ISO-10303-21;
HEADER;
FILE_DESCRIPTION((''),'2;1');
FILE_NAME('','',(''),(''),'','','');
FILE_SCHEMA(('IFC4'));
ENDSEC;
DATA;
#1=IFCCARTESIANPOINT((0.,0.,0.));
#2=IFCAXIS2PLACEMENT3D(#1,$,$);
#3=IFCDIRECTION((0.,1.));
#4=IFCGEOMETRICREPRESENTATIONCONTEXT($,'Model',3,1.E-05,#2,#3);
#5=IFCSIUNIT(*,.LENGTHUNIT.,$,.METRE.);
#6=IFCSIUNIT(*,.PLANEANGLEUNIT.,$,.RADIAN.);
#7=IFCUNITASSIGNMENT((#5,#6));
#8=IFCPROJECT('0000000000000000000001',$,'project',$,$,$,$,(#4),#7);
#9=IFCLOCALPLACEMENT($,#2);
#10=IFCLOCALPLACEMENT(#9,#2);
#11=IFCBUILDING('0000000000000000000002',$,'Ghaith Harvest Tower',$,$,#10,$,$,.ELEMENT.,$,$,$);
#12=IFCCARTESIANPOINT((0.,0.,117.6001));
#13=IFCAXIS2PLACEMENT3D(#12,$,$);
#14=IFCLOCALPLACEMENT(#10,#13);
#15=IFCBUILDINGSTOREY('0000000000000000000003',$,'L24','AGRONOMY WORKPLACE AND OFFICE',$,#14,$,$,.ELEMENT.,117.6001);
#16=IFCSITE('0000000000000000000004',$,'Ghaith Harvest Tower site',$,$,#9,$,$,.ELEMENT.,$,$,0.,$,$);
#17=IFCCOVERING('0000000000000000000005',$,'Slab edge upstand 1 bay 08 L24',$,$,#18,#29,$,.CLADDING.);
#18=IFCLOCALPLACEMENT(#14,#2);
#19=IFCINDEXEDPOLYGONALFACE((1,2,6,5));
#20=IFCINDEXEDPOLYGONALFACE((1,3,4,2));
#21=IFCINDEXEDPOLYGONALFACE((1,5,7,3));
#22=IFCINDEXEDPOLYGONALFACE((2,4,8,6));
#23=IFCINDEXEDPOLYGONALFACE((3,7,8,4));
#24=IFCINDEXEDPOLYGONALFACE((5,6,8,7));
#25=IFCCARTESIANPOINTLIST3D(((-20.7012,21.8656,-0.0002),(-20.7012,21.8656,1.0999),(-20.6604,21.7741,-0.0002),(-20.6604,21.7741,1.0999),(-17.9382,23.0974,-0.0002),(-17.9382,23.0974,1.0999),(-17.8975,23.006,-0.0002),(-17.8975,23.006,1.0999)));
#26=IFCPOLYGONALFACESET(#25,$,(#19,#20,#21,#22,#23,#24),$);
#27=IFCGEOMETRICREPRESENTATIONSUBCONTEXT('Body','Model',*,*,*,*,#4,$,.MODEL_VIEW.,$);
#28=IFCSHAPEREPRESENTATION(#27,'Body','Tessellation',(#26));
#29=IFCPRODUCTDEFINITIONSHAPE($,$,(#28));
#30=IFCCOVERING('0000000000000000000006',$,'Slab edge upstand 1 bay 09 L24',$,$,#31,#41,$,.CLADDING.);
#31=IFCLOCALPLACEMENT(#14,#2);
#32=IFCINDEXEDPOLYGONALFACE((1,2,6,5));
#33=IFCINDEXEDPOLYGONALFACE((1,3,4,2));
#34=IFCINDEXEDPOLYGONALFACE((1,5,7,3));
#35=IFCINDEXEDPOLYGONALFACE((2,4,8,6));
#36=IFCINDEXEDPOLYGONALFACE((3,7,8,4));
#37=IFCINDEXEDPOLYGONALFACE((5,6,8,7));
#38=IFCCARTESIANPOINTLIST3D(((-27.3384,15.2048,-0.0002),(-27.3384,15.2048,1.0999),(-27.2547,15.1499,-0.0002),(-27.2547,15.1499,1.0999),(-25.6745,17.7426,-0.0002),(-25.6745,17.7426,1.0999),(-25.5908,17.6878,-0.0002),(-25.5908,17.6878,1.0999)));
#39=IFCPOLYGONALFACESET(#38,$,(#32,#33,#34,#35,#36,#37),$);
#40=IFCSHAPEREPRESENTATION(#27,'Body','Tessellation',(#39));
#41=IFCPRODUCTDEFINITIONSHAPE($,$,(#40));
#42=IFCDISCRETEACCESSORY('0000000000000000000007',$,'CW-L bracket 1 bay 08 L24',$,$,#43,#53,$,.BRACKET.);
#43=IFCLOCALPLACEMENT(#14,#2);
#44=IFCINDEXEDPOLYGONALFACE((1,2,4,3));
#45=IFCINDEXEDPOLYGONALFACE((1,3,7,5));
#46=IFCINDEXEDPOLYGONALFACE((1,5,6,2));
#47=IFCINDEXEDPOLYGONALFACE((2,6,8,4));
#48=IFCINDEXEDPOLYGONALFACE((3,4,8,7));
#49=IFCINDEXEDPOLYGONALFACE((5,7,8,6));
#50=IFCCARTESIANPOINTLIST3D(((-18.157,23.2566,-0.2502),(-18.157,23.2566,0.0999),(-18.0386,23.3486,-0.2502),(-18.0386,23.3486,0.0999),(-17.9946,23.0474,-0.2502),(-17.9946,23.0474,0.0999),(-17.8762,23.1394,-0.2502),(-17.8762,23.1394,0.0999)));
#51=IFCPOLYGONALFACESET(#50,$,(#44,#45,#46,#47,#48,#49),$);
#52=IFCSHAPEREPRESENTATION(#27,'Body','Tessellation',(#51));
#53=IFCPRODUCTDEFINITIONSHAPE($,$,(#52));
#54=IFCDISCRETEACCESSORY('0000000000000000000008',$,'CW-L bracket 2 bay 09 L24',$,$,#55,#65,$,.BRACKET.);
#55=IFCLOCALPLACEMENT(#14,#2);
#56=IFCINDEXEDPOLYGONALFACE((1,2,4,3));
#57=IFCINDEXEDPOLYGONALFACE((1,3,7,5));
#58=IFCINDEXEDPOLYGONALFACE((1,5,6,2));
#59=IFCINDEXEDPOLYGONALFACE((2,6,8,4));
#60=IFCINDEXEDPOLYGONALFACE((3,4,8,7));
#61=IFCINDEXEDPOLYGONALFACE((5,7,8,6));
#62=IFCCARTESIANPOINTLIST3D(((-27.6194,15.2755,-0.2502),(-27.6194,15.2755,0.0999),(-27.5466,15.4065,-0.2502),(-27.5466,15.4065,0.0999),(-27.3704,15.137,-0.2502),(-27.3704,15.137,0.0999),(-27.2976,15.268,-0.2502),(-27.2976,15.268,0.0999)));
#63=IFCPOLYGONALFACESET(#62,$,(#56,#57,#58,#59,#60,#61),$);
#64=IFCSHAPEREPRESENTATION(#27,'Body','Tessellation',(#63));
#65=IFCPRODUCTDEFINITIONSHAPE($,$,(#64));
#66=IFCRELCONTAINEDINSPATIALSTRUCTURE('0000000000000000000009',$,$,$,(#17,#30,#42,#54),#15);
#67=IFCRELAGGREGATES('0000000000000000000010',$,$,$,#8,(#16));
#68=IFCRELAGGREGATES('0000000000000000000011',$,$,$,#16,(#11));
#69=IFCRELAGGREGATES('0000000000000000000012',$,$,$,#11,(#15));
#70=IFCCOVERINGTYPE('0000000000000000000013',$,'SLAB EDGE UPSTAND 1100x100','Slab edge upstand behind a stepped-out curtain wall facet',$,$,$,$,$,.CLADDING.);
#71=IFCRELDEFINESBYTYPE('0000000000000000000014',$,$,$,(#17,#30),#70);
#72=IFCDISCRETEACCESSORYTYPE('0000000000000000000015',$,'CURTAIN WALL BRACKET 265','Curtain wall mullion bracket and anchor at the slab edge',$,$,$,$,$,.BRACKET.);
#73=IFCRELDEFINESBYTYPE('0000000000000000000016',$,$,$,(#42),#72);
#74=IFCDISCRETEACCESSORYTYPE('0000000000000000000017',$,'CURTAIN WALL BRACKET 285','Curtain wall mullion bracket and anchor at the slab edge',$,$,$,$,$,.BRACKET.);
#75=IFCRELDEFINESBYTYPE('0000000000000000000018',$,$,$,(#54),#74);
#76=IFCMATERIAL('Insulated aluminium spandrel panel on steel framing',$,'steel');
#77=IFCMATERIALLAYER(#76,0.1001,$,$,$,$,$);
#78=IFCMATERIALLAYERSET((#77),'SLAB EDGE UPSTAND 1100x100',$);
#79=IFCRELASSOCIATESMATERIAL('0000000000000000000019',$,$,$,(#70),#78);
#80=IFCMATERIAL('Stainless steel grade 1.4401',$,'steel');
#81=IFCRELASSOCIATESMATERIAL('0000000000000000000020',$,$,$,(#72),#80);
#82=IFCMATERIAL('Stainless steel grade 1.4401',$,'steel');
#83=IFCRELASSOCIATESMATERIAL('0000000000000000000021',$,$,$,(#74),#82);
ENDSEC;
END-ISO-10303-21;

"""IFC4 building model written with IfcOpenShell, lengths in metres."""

from ifc_helpers import new_model, si_unit, direction, frame, origin, origin_2d, place, context, subcontext, project, spatial, rectangle, extrude, material, layer, layer_set, type_object, element, save


model = new_model("IFC4")

# Units and contexts
model_context = context("Model", 3, precision=1e-05, world=origin(), true_north=direction((0.0, 1.0)))
body_context = subcontext(model_context, "Body", "Model", "MODEL_VIEW")
ifc_project = project(units=[si_unit("LENGTHUNIT", "METRE"), si_unit("PLANEANGLEUNIT", "RADIAN")], contexts=[model_context])

# Site, building, storey
site_placement = place(None, origin())
site = spatial("IfcSite", under=ifc_project, at=site_placement, Name="Ghaith Harvest Tower site", CompositionType="ELEMENT", RefElevation=0.0)
building_placement = place(site_placement, origin())
building = spatial("IfcBuilding", under=site, at=building_placement, Name="Ghaith Harvest Tower", CompositionType="ELEMENT")
storey_placement = place(building_placement, frame((0.0, 0.0, 117.6001)))
storey = spatial("IfcBuildingStorey", under=building, at=storey_placement, Name="L24", Description="AGRONOMY WORKPLACE AND OFFICE", CompositionType="ELEMENT", Elevation=117.6001)

# Coverings
ifc_material_1 = material(Name="Insulated aluminium spandrel panel on steel framing", Category="steel")
ifc_layer_1 = layer(ifc_material_1, 0.1001)
ifc_layer_set_1 = layer_set([ifc_layer_1], Name="SLAB EDGE UPSTAND 1100x100")
covering_type = type_object("IfcCoveringType", Name="SLAB EDGE UPSTAND 1100x100", Description="Slab edge upstand behind a stepped-out curtain wall facet", PredefinedType="CLADDING", material=ifc_layer_set_1)
covering_1_placement = place(storey_placement, frame((-19.2993, 22.4358, -0.0002), z_axis=(0.0, 0.0, 1.0), x_axis=(-0.913335, -0.40721, 0.0)))
element("IfcCovering", 1, at=covering_1_placement, inside=storey, type_object=covering_type, Name="Slab edge upstand 1 bay 08 L24", PredefinedType="CLADDING", context=body_context, shape_type="SweptSolid", body=[
    extrude(rectangle(XDim=3.0251, YDim=0.1001, at=origin_2d()), origin(), (0.0, 0.0, 1.0), 1.1001),
])
covering_2_placement = place(storey_placement, frame((-26.4646, 16.4463, -0.0002), z_axis=(0.0, 0.0, 1.0), x_axis=(-0.548312, -0.836274, 0.0)))
element("IfcCovering", 2, at=covering_2_placement, inside=storey, type_object=covering_type, Name="Slab edge upstand 1 bay 09 L24", PredefinedType="CLADDING", context=body_context, shape_type="SweptSolid", body=[
    extrude(rectangle(XDim=3.0347, YDim=0.1001, at=origin_2d()), origin(), (0.0, 0.0, 1.0), 1.1001),
])

# Discrete accessories
ifc_material_2 = material(Name="Stainless steel grade 1.4401", Category="steel")
discrete_accessory_type_1 = type_object("IfcDiscreteAccessoryType", Name="CURTAIN WALL BRACKET 265", Description="Curtain wall mullion bracket and anchor at the slab edge", PredefinedType="BRACKET", material=ifc_material_2)
discrete_accessory_1_placement = place(storey_placement, frame((-18.0166, 23.198, -0.2502), z_axis=(0.0, 0.0, 1.0), x_axis=(-0.613378, 0.78979, 0.0)))
element("IfcDiscreteAccessory", 3, at=discrete_accessory_1_placement, inside=storey, type_object=discrete_accessory_type_1, Name="CW-L bracket 1 bay 08 L24", PredefinedType="BRACKET", context=body_context, shape_type="SweptSolid", body=[
    extrude(rectangle(XDim=0.2649, YDim=0.1499, at=origin_2d()), origin(), (0.0, 0.0, 1.0), 0.3501),
])
ifc_material_3 = material(Name="Stainless steel grade 1.4401", Category="steel")
discrete_accessory_type_2 = type_object("IfcDiscreteAccessoryType", Name="CURTAIN WALL BRACKET 285", Description="Curtain wall mullion bracket and anchor at the slab edge", PredefinedType="BRACKET", material=ifc_material_3)
discrete_accessory_2_placement = place(storey_placement, frame((-27.4585, 15.2717, -0.2502), z_axis=(0.0, 0.0, 1.0), x_axis=(-0.873927, 0.486057, 0.0)))
element("IfcDiscreteAccessory", 4, at=discrete_accessory_2_placement, inside=storey, type_object=discrete_accessory_type_2, Name="CW-L bracket 2 bay 09 L24", PredefinedType="BRACKET", context=body_context, shape_type="SweptSolid", body=[
    extrude(rectangle(XDim=0.2849, YDim=0.1499, at=origin_2d()), origin(), (0.0, 0.0, 1.0), 0.3501),
])

save(model, "model.ifc")
